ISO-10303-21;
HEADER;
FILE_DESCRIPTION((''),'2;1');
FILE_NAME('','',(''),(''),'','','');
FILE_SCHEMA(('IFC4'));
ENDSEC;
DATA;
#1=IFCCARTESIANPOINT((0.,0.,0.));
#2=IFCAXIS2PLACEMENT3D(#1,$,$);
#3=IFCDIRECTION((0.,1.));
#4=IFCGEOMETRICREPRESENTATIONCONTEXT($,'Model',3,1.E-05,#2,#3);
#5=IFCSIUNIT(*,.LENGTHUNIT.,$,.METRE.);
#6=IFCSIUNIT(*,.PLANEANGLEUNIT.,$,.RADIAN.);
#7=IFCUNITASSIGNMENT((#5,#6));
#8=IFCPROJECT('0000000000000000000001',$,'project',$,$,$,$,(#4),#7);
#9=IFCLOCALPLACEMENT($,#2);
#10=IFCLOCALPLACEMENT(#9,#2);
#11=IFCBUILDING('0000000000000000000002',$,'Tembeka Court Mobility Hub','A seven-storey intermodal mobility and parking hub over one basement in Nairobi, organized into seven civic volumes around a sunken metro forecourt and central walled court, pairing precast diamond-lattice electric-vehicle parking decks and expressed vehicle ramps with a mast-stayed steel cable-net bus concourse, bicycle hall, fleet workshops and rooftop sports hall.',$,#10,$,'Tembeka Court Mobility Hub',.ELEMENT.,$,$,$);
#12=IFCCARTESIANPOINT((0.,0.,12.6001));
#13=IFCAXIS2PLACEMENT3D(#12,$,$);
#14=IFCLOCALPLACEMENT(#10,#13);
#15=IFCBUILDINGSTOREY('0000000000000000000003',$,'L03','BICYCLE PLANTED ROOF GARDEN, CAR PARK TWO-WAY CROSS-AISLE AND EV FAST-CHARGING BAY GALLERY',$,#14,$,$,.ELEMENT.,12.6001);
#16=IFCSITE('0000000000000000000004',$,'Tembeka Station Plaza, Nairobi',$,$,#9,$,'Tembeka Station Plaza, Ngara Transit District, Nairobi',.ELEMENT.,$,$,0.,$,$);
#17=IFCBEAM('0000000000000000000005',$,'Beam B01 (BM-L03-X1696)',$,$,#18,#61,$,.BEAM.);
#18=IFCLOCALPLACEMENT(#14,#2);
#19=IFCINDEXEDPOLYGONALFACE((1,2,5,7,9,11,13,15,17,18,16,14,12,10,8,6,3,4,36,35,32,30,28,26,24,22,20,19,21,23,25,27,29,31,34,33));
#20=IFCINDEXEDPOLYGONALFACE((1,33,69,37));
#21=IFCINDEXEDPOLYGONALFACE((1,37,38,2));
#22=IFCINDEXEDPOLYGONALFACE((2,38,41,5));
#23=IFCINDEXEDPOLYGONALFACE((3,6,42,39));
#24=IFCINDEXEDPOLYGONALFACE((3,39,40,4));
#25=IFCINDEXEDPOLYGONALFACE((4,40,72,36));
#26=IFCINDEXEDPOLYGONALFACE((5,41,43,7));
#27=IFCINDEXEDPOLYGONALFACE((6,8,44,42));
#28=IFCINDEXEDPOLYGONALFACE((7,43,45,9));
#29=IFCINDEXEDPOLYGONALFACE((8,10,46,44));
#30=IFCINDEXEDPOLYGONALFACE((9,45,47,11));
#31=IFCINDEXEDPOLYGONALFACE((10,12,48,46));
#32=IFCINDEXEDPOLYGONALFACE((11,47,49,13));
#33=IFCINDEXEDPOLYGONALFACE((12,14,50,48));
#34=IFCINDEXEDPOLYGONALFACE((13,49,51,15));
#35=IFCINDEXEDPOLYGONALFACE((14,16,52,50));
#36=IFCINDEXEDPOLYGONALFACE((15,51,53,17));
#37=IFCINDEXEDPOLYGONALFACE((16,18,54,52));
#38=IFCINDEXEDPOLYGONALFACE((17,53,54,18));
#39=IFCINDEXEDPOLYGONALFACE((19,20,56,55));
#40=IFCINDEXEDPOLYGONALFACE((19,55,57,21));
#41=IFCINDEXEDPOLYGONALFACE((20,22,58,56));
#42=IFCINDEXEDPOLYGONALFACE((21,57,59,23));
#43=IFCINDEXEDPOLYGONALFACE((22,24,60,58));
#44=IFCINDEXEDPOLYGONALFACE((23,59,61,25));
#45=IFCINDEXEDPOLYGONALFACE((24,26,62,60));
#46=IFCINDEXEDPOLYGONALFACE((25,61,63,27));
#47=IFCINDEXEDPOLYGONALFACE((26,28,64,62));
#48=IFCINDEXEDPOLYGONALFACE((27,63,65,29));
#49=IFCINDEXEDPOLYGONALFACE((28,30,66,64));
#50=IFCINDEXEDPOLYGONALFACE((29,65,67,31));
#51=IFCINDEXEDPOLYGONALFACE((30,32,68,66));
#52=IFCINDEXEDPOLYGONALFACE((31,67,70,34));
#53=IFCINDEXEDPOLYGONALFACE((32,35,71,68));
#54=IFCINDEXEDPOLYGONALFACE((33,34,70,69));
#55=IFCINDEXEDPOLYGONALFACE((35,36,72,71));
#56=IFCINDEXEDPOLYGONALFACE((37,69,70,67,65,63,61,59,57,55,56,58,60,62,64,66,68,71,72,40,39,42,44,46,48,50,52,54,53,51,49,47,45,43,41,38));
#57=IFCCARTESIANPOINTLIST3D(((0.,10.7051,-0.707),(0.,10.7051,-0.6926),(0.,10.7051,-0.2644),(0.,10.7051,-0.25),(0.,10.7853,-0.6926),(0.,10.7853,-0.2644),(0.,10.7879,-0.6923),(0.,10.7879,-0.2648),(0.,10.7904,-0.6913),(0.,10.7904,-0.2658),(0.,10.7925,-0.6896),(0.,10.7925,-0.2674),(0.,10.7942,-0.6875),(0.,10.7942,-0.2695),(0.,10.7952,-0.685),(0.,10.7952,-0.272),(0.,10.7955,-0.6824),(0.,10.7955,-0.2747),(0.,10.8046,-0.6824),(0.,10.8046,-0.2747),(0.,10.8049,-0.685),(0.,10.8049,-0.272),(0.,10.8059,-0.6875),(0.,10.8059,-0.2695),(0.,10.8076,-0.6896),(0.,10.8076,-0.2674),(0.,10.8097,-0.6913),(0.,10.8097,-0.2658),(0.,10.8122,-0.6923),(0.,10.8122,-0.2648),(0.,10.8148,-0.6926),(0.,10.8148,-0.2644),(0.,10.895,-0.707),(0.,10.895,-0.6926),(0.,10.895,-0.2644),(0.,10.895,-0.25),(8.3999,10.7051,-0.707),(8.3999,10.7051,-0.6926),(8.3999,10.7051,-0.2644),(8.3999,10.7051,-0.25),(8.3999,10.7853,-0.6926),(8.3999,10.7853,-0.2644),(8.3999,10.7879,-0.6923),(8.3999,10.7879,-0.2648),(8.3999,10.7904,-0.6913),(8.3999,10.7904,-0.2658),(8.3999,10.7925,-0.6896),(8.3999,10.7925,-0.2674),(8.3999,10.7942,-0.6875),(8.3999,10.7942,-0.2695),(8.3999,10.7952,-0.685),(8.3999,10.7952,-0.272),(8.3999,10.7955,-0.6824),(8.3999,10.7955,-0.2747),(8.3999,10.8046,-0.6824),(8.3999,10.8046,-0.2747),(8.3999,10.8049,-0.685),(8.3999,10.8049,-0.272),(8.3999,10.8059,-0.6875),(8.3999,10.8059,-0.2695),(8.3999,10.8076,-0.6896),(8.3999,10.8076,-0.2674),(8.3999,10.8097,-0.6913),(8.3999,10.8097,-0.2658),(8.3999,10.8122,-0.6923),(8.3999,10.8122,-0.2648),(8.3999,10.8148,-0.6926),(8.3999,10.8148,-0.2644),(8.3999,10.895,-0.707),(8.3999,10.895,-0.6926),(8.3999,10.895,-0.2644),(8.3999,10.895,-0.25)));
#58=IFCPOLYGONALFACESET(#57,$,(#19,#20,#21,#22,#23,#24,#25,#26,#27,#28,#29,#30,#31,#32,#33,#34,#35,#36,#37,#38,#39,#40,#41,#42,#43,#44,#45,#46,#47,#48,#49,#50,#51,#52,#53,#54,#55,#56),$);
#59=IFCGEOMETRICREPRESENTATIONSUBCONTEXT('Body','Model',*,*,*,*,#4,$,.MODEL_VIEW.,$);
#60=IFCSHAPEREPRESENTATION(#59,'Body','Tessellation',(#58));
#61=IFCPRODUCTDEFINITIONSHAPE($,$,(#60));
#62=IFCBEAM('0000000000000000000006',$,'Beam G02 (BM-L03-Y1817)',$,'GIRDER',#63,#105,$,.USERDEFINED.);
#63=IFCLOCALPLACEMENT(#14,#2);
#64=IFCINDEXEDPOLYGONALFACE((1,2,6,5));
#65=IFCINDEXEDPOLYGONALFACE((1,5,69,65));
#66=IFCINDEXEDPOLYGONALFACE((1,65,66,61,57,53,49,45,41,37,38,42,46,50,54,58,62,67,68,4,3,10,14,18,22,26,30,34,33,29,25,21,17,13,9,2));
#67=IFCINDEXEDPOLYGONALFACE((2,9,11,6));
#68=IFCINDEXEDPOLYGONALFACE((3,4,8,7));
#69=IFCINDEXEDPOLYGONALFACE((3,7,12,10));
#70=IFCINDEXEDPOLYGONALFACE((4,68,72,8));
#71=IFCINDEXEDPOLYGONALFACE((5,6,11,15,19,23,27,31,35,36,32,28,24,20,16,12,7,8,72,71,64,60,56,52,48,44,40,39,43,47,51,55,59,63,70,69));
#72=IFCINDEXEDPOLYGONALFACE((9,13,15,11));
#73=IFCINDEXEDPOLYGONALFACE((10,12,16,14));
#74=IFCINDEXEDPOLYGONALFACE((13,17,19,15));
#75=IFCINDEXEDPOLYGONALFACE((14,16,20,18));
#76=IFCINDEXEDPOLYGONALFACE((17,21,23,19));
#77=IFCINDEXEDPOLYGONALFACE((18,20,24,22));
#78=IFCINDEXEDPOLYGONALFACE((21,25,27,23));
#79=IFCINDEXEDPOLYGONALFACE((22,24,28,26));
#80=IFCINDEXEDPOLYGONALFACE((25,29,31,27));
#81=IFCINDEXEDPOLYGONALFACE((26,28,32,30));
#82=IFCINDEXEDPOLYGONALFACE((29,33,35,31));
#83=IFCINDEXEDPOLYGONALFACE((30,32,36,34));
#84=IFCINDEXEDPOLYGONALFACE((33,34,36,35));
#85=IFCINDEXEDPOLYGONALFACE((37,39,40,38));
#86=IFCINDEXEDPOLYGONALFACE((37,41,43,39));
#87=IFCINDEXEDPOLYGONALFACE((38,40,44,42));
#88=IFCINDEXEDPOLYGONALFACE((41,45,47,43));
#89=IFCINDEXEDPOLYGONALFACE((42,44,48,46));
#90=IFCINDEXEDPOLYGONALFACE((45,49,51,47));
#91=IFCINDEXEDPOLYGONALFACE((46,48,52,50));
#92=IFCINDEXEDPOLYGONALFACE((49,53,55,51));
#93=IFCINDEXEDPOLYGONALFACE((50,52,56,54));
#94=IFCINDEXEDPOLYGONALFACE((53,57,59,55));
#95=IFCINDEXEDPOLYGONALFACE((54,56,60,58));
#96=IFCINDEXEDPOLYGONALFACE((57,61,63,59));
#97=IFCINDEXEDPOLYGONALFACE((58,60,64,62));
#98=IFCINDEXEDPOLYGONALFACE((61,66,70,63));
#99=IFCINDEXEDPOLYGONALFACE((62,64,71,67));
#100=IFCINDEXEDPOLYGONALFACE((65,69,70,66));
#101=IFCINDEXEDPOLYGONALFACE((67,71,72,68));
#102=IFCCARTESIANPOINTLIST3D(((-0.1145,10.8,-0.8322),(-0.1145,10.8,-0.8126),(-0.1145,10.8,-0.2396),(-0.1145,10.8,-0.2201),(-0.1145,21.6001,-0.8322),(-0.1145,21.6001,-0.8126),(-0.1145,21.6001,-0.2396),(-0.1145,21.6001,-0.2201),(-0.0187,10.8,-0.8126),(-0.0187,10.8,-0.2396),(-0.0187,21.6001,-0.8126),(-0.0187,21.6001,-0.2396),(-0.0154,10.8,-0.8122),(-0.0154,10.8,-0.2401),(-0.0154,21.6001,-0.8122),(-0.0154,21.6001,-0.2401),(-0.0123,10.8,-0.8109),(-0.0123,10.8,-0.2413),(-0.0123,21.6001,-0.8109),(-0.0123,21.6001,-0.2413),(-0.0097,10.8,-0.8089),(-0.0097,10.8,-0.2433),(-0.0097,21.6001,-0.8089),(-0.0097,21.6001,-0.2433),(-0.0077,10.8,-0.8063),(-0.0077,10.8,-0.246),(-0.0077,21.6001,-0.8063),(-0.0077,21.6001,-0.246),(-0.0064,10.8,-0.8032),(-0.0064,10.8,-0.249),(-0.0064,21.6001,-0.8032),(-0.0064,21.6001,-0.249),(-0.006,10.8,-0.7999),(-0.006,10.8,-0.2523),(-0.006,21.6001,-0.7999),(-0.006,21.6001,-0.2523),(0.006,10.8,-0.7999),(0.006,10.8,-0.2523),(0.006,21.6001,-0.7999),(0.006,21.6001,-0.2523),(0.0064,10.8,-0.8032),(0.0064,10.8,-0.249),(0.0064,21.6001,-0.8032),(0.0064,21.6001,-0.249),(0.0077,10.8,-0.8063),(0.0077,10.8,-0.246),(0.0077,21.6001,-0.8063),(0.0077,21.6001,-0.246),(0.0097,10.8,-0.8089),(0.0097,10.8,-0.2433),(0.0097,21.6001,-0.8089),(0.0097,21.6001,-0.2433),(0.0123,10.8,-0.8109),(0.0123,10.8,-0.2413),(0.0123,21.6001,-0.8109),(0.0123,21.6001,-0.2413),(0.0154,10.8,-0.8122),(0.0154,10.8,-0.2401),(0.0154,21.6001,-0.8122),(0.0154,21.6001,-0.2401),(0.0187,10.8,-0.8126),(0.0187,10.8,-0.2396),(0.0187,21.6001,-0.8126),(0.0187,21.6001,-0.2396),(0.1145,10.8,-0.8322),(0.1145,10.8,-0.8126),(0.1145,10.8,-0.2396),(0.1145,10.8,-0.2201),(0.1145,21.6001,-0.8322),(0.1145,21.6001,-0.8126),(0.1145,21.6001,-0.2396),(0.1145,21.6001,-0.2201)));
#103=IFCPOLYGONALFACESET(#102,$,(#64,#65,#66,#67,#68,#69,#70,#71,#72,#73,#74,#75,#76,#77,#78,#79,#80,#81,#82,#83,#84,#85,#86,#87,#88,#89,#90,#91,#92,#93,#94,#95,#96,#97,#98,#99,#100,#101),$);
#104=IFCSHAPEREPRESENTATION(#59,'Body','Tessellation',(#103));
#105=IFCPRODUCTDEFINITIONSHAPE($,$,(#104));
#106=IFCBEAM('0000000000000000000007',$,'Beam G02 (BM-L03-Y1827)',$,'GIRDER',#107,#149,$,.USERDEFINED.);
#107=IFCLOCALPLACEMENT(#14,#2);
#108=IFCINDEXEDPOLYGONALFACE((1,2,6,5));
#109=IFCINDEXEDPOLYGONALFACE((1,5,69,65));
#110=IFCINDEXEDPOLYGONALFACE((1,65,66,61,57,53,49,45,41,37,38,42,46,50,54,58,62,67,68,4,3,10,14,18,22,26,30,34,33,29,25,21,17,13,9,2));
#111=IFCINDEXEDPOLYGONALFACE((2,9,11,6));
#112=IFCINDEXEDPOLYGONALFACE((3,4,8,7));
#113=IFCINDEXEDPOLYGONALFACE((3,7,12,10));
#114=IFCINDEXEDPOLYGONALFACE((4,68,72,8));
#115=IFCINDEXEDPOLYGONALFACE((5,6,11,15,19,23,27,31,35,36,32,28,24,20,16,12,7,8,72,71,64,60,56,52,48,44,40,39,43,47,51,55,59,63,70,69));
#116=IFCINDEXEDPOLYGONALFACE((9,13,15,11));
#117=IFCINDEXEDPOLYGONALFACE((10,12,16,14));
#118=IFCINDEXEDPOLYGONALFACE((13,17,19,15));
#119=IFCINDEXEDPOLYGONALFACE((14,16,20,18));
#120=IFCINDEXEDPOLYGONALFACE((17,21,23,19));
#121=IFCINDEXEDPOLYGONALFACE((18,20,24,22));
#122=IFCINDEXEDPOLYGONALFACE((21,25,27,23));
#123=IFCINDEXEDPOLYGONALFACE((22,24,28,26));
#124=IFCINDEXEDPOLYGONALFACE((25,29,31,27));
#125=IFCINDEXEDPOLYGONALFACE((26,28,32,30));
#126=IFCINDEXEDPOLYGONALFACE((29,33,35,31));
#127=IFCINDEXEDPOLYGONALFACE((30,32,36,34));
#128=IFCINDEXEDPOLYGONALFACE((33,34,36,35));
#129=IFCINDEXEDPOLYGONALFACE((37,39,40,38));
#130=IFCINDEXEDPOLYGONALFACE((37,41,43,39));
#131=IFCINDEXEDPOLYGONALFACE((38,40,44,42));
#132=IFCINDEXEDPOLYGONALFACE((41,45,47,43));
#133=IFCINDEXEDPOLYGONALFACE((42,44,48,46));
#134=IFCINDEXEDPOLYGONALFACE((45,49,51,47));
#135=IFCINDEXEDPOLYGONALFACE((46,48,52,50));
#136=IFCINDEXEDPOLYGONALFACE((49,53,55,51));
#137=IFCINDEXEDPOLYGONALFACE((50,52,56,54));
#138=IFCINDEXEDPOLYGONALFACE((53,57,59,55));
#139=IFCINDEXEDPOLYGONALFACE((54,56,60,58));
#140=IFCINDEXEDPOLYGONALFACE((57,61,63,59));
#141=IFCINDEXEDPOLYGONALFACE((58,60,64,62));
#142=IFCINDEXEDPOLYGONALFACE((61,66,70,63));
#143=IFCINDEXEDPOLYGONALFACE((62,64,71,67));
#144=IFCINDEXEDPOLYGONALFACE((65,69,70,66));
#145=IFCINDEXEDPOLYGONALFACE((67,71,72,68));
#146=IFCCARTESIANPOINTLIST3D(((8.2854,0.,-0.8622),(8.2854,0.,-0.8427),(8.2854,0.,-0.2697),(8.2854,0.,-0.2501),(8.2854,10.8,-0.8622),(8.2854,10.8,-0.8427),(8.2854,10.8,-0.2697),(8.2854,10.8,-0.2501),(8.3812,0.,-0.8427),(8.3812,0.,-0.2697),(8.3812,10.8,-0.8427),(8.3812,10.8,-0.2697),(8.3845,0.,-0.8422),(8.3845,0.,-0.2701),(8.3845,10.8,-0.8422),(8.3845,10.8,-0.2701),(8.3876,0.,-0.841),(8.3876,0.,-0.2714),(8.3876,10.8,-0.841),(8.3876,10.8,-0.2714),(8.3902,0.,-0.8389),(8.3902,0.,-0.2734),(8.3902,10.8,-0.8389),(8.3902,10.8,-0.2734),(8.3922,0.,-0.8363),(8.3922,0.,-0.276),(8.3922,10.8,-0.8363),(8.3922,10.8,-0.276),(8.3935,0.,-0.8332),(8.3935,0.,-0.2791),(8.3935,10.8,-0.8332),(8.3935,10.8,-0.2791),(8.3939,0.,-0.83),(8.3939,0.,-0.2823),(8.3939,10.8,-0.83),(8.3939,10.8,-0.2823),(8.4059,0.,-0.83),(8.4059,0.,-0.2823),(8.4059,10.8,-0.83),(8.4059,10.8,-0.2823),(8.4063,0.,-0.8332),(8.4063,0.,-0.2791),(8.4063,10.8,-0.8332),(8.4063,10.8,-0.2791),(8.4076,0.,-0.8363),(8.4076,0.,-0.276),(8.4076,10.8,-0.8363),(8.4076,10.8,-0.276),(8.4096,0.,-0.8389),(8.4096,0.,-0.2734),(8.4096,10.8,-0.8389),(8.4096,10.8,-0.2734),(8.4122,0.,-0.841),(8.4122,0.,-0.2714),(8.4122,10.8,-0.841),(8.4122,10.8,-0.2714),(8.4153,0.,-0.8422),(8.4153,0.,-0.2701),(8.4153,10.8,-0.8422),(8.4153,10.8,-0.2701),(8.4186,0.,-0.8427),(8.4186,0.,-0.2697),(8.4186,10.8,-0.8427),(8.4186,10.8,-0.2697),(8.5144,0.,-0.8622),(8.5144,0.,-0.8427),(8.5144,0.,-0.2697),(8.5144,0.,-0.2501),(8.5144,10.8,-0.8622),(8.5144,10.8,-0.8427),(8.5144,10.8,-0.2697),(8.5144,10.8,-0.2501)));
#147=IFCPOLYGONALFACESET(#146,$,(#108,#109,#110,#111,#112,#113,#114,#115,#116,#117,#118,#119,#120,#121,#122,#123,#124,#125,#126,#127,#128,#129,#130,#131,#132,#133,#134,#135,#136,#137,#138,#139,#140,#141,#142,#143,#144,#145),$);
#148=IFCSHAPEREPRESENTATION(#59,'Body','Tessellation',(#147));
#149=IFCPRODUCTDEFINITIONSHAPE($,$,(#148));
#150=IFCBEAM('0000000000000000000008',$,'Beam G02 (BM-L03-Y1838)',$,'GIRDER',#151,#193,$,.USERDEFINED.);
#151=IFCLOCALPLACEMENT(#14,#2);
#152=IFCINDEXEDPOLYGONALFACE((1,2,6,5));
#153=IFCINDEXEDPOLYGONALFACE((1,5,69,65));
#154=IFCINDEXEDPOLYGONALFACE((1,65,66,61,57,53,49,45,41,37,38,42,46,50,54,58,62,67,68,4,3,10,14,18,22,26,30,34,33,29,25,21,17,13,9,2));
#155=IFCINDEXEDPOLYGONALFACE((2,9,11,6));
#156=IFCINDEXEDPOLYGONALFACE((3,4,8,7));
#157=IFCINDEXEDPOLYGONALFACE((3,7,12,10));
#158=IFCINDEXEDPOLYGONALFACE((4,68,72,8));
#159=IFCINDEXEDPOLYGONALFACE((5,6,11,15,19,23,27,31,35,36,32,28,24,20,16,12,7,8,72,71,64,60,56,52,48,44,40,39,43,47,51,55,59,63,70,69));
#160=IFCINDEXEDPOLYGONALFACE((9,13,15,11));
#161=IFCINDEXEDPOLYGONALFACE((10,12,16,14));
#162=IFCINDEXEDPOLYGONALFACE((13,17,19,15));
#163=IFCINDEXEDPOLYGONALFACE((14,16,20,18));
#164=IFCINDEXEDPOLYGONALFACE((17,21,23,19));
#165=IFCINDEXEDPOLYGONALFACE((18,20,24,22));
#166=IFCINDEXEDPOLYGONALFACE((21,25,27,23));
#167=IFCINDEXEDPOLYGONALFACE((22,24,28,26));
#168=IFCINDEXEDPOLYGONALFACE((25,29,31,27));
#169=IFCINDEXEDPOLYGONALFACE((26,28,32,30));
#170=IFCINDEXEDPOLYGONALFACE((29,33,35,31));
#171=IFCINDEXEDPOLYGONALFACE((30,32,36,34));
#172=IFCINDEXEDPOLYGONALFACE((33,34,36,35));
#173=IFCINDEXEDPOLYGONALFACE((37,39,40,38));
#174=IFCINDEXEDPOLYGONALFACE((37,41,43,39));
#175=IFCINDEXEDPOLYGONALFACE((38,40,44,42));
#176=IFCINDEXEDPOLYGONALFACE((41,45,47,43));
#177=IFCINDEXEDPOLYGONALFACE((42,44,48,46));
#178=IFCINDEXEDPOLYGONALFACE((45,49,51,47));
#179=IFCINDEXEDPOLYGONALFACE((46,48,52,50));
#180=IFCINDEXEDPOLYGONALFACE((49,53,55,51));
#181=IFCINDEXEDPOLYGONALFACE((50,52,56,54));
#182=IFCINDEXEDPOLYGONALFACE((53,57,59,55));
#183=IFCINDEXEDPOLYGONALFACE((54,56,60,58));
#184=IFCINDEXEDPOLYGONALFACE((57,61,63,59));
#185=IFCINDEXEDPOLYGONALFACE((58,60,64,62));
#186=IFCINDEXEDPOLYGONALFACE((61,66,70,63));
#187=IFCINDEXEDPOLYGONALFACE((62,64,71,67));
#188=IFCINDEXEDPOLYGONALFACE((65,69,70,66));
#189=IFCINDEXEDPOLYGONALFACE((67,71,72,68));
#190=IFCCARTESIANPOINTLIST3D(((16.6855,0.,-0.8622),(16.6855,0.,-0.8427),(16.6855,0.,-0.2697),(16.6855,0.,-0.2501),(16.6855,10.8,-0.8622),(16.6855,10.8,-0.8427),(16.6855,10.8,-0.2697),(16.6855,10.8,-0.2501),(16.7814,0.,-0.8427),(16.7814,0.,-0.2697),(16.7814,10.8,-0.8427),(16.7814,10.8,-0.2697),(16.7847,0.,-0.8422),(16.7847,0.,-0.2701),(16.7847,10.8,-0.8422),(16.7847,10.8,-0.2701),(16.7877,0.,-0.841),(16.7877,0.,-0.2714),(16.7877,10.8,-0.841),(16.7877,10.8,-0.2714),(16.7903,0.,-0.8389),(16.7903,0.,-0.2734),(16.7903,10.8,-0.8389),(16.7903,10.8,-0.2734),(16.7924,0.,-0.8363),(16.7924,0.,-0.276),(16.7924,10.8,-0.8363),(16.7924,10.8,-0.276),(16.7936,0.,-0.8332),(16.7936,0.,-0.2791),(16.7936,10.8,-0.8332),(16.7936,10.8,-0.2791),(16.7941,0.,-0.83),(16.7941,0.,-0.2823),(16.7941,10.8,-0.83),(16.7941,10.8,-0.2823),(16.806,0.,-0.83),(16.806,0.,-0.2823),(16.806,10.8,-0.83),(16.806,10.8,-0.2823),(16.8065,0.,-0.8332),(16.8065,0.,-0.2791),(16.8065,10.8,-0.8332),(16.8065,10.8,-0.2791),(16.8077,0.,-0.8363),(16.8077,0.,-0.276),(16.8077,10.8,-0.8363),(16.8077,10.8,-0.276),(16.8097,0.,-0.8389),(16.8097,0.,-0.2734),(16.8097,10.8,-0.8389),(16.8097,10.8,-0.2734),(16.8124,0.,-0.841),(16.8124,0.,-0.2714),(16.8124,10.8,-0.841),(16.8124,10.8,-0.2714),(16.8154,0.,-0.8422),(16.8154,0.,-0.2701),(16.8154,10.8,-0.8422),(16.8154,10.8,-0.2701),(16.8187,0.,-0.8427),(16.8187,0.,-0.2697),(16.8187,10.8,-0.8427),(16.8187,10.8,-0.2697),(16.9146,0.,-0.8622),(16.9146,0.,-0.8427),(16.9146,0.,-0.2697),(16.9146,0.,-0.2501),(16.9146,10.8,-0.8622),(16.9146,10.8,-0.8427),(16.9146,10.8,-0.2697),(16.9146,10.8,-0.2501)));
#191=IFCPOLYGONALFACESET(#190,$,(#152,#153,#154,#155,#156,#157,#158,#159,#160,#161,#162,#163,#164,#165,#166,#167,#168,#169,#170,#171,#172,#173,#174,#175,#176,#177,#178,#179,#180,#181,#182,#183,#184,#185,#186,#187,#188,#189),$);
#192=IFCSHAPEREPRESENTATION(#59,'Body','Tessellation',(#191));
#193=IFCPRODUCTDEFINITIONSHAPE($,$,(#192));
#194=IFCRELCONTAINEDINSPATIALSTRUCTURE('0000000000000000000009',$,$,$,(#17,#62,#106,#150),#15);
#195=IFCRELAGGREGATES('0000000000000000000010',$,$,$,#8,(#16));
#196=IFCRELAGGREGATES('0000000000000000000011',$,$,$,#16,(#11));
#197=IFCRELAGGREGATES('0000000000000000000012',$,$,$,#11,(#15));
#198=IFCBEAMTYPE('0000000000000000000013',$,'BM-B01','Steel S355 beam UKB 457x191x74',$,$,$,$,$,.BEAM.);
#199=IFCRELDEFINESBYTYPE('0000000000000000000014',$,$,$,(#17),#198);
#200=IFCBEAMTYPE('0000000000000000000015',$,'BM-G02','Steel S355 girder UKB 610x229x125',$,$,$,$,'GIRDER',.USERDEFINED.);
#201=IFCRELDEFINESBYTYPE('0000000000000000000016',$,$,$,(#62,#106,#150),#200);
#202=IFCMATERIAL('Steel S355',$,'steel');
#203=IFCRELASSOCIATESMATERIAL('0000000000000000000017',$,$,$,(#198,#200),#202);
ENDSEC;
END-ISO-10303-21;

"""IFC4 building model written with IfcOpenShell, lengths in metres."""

from ifc_helpers import new_model, si_unit, direction, frame, origin, origin_2d, place, context, subcontext, project, spatial, i_section, extrude, material, material_profile, profile_set, type_object, element, save


model = new_model("IFC4")

# Units and contexts
model_context = context("Model", 3, precision=1e-05, world=origin(), true_north=direction((0.0, 1.0)))
body_context = subcontext(model_context, "Body", "Model", "MODEL_VIEW")
ifc_project = project(units=[si_unit("LENGTHUNIT", "METRE"), si_unit("PLANEANGLEUNIT", "RADIAN")], contexts=[model_context])

# Site, building, storey
site_placement = place(None, origin())
site = spatial("IfcSite", under=ifc_project, at=site_placement, Name="Tembeka Station Plaza, Nairobi", LongName="Tembeka Station Plaza, Ngara Transit District, Nairobi", CompositionType="ELEMENT", RefElevation=0.0)
building_placement = place(site_placement, origin())
building = spatial("IfcBuilding", under=site, at=building_placement, Name="Tembeka Court Mobility Hub", Description="A seven-storey intermodal mobility and parking hub over one basement in Nairobi, organized into seven civic volumes around a sunken metro forecourt and central walled court, pairing precast diamond-lattice electric-vehicle parking decks and expressed vehicle ramps with a mast-stayed steel cable-net bus concourse, bicycle hall, fleet workshops and rooftop sports hall.", LongName="Tembeka Court Mobility Hub", CompositionType="ELEMENT")
storey_placement = place(building_placement, frame((0.0, 0.0, 12.6001)))
storey = spatial("IfcBuildingStorey", under=building, at=storey_placement, Name="L03", Description="BICYCLE PLANTED ROOF GARDEN, CAR PARK TWO-WAY CROSS-AISLE AND EV FAST-CHARGING BAY GALLERY", CompositionType="ELEMENT", Elevation=12.6001)

# Shared definitions
ifc_material_1 = material(Name="Steel S355", Category="steel")

# Beams
ifc_material_profile_1 = material_profile(ifc_material_1, i_section(OverallWidth=0.1899, OverallDepth=0.457, WebThickness=0.009, FlangeThickness=0.0144, FilletRadius=0.0103, at=origin_2d()), Name="UKB 457x191x74")
ifc_profile_set_1 = profile_set([ifc_material_profile_1], Name="Steel S355")
beam_type_1 = type_object("IfcBeamType", Name="BM-B01", Description="Steel S355 beam UKB 457x191x74", PredefinedType="BEAM", material=ifc_profile_set_1)
beam_1_placement = place(storey_placement, frame((0.0, 10.8, -0.4785), z_axis=(1.0, 0.0, 0.0), x_axis=(0.0, 1.0, 0.0)))
element("IfcBeam", 1, at=beam_1_placement, inside=storey, type_object=beam_type_1, Name="Beam B01 (BM-L03-X1696)", PredefinedType="BEAM", context=body_context, shape_type="SweptSolid", body=[
    extrude(i_section(OverallWidth=0.1899, OverallDepth=0.457, WebThickness=0.009, FlangeThickness=0.0144, FilletRadius=0.0103, at=origin_2d()), origin(), (0.0, 0.0, 1.0), 8.3999),
])
ifc_material_profile_2 = material_profile(ifc_material_1, i_section(OverallWidth=0.229, OverallDepth=0.6121, WebThickness=0.012, FlangeThickness=0.0195, FilletRadius=0.0127, at=origin_2d()), Name="UKB 610x229x125")
ifc_profile_set_2 = profile_set([ifc_material_profile_2], Name="Steel S355")
beam_type_2 = type_object("IfcBeamType", Name="BM-G02", Description="Steel S355 girder UKB 610x229x125", ElementType="GIRDER", PredefinedType="USERDEFINED", material=ifc_profile_set_2)
for number, where, z_axis, x_axis, name in (
    (2, (0.0, 10.8, -0.5261), (0.0, 1.0, 0.0), (-1.0, 0.0, 0.0), "Beam G02 (BM-L03-Y1817)"),
    (3, (8.3999, 0.0, -0.5562), (0.0, 1.0, 0.0), (-1.0, 0.0, 0.0), "Beam G02 (BM-L03-Y1827)"),
    (4, (16.8, 0.0, -0.5562), (0.0, 1.0, 0.0), (-1.0, 0.0, 0.0), "Beam G02 (BM-L03-Y1838)"),
):
    element("IfcBeam", number, at=place(storey_placement, frame(where, z_axis=z_axis, x_axis=x_axis)), inside=storey, type_object=beam_type_2, Name=name, ObjectType="GIRDER", PredefinedType="USERDEFINED", context=body_context, shape_type="SweptSolid", body=[
        extrude(i_section(OverallWidth=0.229, OverallDepth=0.6121, WebThickness=0.012, FlangeThickness=0.0195, FilletRadius=0.0127, at=origin_2d()), origin(), (0.0, 0.0, 1.0), 10.8),
    ])

save(model, "model.ifc")
